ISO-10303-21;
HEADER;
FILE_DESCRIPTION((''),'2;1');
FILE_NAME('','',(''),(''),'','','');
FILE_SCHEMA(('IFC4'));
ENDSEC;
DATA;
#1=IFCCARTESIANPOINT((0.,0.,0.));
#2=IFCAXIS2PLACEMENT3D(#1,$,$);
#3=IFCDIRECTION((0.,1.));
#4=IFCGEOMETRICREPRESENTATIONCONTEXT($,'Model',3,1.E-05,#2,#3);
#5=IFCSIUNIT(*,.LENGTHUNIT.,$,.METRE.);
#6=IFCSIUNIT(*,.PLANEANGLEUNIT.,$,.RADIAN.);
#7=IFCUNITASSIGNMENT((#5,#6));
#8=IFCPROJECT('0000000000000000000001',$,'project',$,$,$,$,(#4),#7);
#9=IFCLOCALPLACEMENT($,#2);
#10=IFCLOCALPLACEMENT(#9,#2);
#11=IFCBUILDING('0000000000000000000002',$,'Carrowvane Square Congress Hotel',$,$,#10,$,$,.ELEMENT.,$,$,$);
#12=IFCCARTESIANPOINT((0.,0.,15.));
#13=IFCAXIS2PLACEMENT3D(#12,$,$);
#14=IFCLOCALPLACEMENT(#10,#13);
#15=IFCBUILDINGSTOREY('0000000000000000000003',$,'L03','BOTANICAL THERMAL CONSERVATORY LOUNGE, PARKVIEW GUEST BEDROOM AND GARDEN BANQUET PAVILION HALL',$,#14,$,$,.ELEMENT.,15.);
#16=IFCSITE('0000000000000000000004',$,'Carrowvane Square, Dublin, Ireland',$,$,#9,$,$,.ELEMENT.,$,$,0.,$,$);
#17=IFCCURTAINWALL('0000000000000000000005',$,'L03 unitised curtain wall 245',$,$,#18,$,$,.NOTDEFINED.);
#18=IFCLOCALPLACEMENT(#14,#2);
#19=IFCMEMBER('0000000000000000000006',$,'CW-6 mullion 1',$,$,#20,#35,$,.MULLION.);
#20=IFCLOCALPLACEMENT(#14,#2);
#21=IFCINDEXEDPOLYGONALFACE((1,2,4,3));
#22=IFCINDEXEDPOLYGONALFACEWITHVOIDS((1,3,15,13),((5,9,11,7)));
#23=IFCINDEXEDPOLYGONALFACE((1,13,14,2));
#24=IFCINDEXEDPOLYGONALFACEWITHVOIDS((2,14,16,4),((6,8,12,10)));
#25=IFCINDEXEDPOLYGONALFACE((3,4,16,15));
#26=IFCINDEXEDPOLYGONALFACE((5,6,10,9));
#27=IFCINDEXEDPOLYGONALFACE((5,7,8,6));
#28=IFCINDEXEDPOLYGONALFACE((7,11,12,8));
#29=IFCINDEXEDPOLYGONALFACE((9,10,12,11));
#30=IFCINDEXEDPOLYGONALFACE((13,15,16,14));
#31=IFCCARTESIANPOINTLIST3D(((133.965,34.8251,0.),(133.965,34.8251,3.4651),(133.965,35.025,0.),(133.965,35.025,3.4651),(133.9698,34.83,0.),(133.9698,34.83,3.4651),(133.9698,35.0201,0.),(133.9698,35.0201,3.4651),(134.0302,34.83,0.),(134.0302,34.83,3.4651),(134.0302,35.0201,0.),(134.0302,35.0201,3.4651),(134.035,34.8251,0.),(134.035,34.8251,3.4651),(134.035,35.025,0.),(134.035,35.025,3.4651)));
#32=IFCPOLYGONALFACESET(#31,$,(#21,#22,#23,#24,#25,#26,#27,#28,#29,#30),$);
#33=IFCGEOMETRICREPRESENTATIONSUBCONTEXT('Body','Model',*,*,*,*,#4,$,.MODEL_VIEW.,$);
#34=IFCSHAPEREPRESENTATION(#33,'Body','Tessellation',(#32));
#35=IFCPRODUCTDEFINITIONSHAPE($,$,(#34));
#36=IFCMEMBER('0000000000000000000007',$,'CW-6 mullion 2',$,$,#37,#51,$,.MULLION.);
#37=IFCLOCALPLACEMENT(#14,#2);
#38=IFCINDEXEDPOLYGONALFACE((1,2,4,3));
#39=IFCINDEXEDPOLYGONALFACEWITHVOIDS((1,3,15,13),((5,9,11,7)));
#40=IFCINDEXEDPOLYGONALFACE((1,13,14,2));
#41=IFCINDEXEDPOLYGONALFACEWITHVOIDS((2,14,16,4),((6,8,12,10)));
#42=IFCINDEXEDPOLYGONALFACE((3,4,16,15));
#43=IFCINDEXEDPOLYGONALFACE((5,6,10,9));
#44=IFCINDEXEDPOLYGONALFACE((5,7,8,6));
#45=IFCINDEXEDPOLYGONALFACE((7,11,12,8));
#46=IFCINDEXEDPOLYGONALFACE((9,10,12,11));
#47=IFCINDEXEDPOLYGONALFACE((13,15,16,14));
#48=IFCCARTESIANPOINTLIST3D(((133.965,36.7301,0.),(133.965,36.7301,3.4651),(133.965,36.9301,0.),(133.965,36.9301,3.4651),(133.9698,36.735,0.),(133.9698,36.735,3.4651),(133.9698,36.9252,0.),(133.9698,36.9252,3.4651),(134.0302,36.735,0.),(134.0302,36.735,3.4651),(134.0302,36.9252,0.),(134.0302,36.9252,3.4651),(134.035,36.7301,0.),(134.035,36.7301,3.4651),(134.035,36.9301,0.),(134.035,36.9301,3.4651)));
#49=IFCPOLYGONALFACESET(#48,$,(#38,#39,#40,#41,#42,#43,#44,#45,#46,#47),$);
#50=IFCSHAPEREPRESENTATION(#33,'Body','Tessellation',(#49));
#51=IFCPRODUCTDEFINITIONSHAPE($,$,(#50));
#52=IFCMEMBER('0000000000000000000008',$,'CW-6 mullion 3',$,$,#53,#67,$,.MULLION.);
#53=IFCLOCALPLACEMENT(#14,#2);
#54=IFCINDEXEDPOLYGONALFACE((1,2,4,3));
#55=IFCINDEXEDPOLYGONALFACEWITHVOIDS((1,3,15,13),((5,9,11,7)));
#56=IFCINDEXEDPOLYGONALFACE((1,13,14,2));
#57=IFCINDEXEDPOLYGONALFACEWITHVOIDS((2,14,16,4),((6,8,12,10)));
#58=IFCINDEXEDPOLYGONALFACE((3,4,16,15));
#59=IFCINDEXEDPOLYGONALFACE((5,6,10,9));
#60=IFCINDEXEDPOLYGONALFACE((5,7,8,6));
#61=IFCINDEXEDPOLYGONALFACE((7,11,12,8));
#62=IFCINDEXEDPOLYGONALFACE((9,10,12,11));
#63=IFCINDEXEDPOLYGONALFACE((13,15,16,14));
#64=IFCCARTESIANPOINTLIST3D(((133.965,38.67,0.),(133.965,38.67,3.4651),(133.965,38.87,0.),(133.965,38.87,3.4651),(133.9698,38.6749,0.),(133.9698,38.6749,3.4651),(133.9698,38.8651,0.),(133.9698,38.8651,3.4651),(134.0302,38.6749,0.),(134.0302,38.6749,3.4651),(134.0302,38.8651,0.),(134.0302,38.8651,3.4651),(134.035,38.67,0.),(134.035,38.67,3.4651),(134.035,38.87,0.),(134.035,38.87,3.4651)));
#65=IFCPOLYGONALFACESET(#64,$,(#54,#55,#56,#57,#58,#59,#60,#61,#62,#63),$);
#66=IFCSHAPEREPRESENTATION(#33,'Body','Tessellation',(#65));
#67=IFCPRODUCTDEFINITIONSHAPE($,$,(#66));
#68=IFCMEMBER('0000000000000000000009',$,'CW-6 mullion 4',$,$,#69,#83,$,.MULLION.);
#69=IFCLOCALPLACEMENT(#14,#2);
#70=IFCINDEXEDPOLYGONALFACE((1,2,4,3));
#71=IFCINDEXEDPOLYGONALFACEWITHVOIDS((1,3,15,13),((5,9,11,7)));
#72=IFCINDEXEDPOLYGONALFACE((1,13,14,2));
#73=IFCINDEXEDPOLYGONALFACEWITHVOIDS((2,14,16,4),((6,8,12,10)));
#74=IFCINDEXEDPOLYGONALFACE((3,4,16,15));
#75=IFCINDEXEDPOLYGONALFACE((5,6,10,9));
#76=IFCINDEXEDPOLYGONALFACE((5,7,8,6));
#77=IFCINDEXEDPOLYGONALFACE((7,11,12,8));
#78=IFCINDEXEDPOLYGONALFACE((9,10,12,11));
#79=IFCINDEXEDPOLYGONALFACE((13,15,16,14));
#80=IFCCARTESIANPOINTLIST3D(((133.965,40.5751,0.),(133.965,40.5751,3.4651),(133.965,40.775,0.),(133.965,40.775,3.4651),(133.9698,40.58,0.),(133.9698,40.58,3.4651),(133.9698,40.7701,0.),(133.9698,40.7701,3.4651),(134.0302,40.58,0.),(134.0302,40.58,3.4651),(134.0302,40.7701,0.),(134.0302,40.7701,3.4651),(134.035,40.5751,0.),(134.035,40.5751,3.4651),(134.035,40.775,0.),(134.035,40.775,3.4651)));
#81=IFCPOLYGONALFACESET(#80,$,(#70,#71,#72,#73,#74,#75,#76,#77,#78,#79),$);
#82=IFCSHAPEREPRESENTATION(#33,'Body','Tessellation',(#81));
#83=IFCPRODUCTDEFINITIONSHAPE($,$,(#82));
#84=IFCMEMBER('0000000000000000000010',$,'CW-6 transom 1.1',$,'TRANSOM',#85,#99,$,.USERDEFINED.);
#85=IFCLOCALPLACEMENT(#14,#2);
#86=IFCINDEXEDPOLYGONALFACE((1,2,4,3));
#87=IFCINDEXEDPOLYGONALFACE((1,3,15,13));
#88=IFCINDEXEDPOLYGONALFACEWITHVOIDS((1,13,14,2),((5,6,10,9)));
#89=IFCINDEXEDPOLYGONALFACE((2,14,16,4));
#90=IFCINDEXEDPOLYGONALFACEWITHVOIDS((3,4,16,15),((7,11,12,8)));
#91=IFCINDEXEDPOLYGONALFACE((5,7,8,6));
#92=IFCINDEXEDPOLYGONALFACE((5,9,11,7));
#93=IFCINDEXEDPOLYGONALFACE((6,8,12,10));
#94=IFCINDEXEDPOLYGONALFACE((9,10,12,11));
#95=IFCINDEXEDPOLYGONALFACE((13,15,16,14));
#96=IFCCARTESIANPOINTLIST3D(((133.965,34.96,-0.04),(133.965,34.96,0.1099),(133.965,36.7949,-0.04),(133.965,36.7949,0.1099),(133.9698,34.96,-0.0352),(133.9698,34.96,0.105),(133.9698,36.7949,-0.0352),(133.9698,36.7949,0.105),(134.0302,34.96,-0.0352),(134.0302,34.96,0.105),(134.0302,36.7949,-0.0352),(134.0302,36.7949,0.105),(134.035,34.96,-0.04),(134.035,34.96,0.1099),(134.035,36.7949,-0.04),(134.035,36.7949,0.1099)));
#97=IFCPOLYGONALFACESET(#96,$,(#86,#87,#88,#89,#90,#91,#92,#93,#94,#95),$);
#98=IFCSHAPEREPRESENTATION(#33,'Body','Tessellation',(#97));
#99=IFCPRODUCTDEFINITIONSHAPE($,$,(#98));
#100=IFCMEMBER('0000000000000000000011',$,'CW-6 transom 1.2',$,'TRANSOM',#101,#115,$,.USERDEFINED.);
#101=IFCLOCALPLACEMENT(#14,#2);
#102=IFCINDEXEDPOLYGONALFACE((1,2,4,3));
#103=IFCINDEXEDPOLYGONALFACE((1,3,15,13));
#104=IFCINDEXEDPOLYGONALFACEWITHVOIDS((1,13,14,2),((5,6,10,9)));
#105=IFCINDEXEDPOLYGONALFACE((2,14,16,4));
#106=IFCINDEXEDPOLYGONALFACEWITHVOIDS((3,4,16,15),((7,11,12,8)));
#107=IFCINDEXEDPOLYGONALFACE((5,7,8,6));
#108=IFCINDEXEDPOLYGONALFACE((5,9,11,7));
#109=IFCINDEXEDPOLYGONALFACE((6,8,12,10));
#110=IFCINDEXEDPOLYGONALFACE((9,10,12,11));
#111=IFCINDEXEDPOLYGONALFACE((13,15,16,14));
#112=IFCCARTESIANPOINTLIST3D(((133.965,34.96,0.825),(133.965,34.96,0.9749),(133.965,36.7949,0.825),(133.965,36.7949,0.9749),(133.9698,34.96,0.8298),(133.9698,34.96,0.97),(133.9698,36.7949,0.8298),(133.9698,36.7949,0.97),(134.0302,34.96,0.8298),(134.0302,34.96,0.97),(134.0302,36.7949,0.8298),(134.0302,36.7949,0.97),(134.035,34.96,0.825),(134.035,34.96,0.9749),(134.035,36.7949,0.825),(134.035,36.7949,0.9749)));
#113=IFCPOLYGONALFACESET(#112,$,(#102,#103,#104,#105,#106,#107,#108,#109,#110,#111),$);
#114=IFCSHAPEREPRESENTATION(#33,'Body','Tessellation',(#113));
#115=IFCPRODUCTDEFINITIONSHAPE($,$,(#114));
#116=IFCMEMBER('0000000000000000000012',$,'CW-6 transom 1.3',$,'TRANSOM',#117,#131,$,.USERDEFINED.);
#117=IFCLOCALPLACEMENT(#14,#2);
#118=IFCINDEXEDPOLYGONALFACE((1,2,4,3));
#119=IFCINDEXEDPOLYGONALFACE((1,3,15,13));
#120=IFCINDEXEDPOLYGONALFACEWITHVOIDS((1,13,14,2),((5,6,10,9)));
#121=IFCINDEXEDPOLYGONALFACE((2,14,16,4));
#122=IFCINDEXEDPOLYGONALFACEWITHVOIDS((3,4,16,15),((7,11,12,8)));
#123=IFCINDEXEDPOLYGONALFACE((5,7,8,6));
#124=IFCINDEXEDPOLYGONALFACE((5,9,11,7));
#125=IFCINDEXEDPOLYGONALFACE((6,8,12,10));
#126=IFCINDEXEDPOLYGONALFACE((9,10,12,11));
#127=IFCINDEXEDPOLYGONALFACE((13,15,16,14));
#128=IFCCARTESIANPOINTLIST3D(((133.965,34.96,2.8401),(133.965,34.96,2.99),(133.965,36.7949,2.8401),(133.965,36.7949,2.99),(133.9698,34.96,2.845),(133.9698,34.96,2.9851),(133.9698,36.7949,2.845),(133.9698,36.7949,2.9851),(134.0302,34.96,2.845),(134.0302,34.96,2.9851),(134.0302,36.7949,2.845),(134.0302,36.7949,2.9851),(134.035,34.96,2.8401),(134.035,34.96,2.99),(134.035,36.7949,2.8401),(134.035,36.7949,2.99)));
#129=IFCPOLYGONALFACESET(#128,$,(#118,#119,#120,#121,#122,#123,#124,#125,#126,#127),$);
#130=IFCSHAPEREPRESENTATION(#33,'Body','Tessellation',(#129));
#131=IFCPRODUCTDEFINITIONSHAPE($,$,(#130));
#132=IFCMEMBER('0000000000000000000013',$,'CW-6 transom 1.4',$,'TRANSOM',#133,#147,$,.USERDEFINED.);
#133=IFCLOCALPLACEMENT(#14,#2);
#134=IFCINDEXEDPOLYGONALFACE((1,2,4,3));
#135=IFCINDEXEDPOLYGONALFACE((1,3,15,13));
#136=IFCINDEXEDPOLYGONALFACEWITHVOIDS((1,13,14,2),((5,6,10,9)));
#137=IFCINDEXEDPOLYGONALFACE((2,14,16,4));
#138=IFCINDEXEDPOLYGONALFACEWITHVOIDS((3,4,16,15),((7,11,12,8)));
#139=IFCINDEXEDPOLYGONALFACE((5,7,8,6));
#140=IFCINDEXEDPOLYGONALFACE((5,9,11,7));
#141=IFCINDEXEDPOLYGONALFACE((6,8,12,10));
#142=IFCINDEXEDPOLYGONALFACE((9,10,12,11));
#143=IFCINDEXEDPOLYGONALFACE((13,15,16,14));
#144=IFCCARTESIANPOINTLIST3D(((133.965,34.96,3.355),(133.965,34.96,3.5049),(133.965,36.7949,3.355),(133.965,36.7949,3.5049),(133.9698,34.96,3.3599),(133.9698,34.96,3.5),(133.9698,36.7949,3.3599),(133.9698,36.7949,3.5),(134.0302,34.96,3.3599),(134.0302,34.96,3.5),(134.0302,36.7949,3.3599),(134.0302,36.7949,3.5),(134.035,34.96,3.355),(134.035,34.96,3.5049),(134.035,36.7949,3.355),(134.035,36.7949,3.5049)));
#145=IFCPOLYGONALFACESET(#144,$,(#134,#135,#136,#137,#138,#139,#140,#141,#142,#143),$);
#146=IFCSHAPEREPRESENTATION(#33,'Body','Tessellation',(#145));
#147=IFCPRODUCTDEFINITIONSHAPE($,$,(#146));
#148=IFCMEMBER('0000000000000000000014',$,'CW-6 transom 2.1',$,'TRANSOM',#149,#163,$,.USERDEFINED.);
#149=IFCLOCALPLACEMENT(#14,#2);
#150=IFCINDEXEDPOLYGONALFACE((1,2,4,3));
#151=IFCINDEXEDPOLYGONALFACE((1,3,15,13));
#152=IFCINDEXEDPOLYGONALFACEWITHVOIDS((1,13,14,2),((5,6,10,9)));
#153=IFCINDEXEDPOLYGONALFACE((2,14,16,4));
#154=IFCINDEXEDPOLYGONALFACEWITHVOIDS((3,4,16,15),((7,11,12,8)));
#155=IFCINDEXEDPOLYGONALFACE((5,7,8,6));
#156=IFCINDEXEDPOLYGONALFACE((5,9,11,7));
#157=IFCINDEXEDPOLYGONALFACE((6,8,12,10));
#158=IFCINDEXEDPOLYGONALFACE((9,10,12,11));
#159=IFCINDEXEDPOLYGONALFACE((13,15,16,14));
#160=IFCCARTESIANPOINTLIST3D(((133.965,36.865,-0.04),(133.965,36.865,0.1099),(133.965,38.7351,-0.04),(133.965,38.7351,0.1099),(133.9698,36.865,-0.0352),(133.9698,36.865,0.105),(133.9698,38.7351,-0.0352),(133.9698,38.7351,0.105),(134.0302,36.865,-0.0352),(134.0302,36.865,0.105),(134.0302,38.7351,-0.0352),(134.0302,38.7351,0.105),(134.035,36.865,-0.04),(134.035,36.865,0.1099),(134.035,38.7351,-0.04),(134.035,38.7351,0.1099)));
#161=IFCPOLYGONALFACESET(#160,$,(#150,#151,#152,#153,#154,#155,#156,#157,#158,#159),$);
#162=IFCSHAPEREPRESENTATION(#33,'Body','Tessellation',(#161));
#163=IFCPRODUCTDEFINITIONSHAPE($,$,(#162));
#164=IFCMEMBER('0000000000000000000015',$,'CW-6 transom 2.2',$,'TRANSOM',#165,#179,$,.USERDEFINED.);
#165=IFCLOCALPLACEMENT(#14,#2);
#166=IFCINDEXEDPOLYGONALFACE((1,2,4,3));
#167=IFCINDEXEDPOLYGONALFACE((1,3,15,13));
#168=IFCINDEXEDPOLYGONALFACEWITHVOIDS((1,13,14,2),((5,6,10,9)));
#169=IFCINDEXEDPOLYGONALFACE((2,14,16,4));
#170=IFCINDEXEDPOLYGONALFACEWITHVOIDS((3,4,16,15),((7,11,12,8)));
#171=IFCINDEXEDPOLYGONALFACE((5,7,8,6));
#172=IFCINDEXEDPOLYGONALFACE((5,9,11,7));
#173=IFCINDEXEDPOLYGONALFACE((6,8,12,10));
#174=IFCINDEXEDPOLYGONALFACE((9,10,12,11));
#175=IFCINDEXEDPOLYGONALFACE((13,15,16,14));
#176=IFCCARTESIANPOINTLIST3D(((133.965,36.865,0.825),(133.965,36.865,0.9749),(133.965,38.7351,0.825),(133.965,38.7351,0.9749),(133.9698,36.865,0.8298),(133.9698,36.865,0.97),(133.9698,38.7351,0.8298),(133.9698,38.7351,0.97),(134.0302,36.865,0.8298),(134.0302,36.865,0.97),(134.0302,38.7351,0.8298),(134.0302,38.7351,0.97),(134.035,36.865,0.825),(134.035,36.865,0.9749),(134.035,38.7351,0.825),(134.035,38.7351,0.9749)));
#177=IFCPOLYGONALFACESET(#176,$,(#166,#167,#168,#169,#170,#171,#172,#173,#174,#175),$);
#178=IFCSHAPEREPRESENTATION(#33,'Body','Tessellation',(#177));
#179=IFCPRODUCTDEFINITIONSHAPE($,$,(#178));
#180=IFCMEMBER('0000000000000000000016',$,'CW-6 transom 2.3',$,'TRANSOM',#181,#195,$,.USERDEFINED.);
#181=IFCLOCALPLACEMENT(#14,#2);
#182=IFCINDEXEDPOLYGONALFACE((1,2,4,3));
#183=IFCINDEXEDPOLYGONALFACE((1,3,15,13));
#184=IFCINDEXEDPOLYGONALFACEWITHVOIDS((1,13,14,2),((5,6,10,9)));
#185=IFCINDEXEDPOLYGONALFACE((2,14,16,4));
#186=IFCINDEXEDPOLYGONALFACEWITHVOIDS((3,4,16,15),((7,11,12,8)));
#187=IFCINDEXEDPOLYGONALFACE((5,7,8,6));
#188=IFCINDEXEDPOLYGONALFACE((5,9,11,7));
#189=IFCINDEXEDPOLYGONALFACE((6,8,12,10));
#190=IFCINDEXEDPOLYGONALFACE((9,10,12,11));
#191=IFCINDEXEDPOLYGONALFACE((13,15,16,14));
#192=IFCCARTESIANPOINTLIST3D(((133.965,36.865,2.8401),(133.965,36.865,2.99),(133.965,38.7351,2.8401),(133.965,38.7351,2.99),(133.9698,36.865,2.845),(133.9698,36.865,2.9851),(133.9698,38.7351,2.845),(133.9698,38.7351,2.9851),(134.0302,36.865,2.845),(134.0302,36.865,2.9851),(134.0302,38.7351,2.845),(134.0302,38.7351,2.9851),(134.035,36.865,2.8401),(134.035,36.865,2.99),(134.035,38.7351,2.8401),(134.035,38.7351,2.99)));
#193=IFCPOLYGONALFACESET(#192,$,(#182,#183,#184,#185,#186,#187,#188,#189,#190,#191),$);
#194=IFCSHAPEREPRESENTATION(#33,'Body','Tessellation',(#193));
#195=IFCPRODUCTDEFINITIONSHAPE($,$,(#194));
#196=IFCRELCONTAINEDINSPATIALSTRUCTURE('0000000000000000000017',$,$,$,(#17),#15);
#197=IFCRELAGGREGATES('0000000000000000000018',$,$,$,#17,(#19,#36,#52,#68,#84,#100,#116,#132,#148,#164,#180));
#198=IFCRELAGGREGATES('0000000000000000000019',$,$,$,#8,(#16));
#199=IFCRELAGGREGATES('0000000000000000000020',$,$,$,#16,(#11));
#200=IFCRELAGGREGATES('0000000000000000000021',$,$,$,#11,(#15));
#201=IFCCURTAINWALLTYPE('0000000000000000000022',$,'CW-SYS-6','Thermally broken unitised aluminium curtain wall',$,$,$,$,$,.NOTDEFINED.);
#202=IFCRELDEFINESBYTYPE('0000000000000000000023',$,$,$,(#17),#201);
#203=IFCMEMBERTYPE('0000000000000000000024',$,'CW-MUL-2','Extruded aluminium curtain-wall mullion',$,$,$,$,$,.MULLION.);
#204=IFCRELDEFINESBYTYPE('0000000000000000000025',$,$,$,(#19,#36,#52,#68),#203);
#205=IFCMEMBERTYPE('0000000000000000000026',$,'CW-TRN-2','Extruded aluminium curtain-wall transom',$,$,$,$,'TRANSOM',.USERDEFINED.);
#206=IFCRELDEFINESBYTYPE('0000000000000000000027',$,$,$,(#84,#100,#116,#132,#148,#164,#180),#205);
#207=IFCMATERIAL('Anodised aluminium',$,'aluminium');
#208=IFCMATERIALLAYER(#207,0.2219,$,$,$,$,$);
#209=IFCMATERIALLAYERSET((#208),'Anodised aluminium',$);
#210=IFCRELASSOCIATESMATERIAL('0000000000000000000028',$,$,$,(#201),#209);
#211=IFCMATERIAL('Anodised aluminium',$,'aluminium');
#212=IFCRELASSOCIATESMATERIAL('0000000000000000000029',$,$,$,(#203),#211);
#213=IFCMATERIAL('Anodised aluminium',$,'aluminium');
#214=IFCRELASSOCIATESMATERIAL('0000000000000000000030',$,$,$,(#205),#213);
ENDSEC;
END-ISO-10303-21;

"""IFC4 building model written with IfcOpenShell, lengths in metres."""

from ifc_helpers import new_model, si_unit, direction, frame, origin, origin_2d, place, context, subcontext, project, spatial, hollow_rectangle, extrude, material, layer, layer_set, material_profile, profile_set, type_object, element, aggregate, save


model = new_model("IFC4")

# Units and contexts
model_context = context("Model", 3, precision=1e-05, world=origin(), true_north=direction((0.0, 1.0)))
body_context = subcontext(model_context, "Body", "Model", "MODEL_VIEW")
ifc_project = project(units=[si_unit("LENGTHUNIT", "METRE"), si_unit("PLANEANGLEUNIT", "RADIAN")], contexts=[model_context])

# Site, building, storey
site_placement = place(None, origin())
site = spatial("IfcSite", under=ifc_project, at=site_placement, Name="Carrowvane Square, Dublin, Ireland", CompositionType="ELEMENT", RefElevation=0.0)
building_placement = place(site_placement, origin())
building = spatial("IfcBuilding", under=site, at=building_placement, Name="Carrowvane Square Congress Hotel", CompositionType="ELEMENT")
storey_placement = place(building_placement, frame((0.0, 0.0, 15.0)))
storey = spatial("IfcBuildingStorey", under=building, at=storey_placement, Name="L03", Description="BOTANICAL THERMAL CONSERVATORY LOUNGE, PARKVIEW GUEST BEDROOM AND GARDEN BANQUET PAVILION HALL", CompositionType="ELEMENT", Elevation=15.0)

# Curtain wall, members
ifc_material_1 = material(Name="Anodised aluminium", Category="aluminium")
ifc_layer_1 = layer(ifc_material_1, 0.2219)
ifc_layer_set_1 = layer_set([ifc_layer_1], Name="Anodised aluminium")
curtain_wall_type = type_object("IfcCurtainWallType", Name="CW-SYS-6", Description="Thermally broken unitised aluminium curtain wall", PredefinedType="NOTDEFINED", material=ifc_layer_set_1)
curtain_wall_placement = place(storey_placement, origin())
curtain_wall = element("IfcCurtainWall", 1, at=curtain_wall_placement, inside=storey, type_object=curtain_wall_type, Name="L03 unitised curtain wall 245", PredefinedType="NOTDEFINED")
ifc_material_2 = material(Name="Anodised aluminium", Category="aluminium")
ifc_material_profile_1 = material_profile(ifc_material_2, hollow_rectangle(XDim=0.0701, YDim=0.2, WallThickness=0.0049, at=origin_2d()), Name="CW-ML 70x200x5")
ifc_profile_set_1 = profile_set([ifc_material_profile_1], Name="Anodised aluminium")
member_type_1 = type_object("IfcMemberType", Name="CW-MUL-2", Description="Extruded aluminium curtain-wall mullion", PredefinedType="MULLION", material=ifc_profile_set_1)
member_1_placement = place(storey_placement, frame((134.0, 34.925, 0.0), z_axis=(0.0, 0.0, 1.0), x_axis=(-1.0, 0.0, 0.0)))
member_1 = element("IfcMember", 2, at=member_1_placement, type_object=member_type_1, Name="CW-6 mullion 1", PredefinedType="MULLION", context=body_context, shape_type="SweptSolid", body=[
    extrude(hollow_rectangle(XDim=0.0701, YDim=0.2, WallThickness=0.0049, at=origin_2d()), origin(), (0.0, 0.0, 1.0), 3.4651),
])
member_2_placement = place(storey_placement, frame((134.0, 36.8301, 0.0), z_axis=(0.0, 0.0, 1.0), x_axis=(-1.0, 0.0, 0.0)))
member_2 = element("IfcMember", 3, at=member_2_placement, type_object=member_type_1, Name="CW-6 mullion 2", PredefinedType="MULLION", context=body_context, shape_type="SweptSolid", body=[
    extrude(hollow_rectangle(XDim=0.0701, YDim=0.2, WallThickness=0.0049, at=origin_2d()), origin(), (0.0, 0.0, 1.0), 3.4651),
])
member_3_placement = place(storey_placement, frame((134.0, 38.77, 0.0), z_axis=(0.0, 0.0, 1.0), x_axis=(-1.0, 0.0, 0.0)))
member_3 = element("IfcMember", 4, at=member_3_placement, type_object=member_type_1, Name="CW-6 mullion 3", PredefinedType="MULLION", context=body_context, shape_type="SweptSolid", body=[
    extrude(hollow_rectangle(XDim=0.0701, YDim=0.2, WallThickness=0.0049, at=origin_2d()), origin(), (0.0, 0.0, 1.0), 3.4651),
])
member_4_placement = place(storey_placement, frame((134.0, 40.675, 0.0), z_axis=(0.0, 0.0, 1.0), x_axis=(-1.0, 0.0, 0.0)))
member_4 = element("IfcMember", 5, at=member_4_placement, type_object=member_type_1, Name="CW-6 mullion 4", PredefinedType="MULLION", context=body_context, shape_type="SweptSolid", body=[
    extrude(hollow_rectangle(XDim=0.0701, YDim=0.2, WallThickness=0.0049, at=origin_2d()), origin(), (0.0, 0.0, 1.0), 3.4651),
])
ifc_material_3 = material(Name="Anodised aluminium", Category="aluminium")
ifc_material_profile_2 = material_profile(ifc_material_3, hollow_rectangle(XDim=0.0701, YDim=0.1499, WallThickness=0.0049, at=origin_2d()), Name="CW-TR 70x150x5")
ifc_profile_set_2 = profile_set([ifc_material_profile_2], Name="Anodised aluminium")
member_type_2 = type_object("IfcMemberType", Name="CW-TRN-2", Description="Extruded aluminium curtain-wall transom", ElementType="TRANSOM", PredefinedType="USERDEFINED", material=ifc_profile_set_2)
member_5_placement = place(storey_placement, frame((134.0, 34.96, 0.0349), z_axis=(0.0, 1.0, 0.0), x_axis=(-1.0, 0.0, 0.0)))
member_5 = element("IfcMember", 6, at=member_5_placement, type_object=member_type_2, Name="CW-6 transom 1.1", ObjectType="TRANSOM", PredefinedType="USERDEFINED", context=body_context, shape_type="SweptSolid", body=[
    extrude(hollow_rectangle(XDim=0.0701, YDim=0.1499, WallThickness=0.0049, at=origin_2d()), origin(), (0.0, 0.0, 1.0), 1.835),
])
member_6_placement = place(storey_placement, frame((134.0, 34.96, 0.8999), z_axis=(0.0, 1.0, 0.0), x_axis=(-1.0, 0.0, 0.0)))
member_6 = element("IfcMember", 7, at=member_6_placement, type_object=member_type_2, Name="CW-6 transom 1.2", ObjectType="TRANSOM", PredefinedType="USERDEFINED", context=body_context, shape_type="SweptSolid", body=[
    extrude(hollow_rectangle(XDim=0.0701, YDim=0.1499, WallThickness=0.0049, at=origin_2d()), origin(), (0.0, 0.0, 1.0), 1.835),
])
member_7_placement = place(storey_placement, frame((134.0, 34.96, 2.915), z_axis=(0.0, 1.0, 0.0), x_axis=(-1.0, 0.0, 0.0)))
member_7 = element("IfcMember", 8, at=member_7_placement, type_object=member_type_2, Name="CW-6 transom 1.3", ObjectType="TRANSOM", PredefinedType="USERDEFINED", context=body_context, shape_type="SweptSolid", body=[
    extrude(hollow_rectangle(XDim=0.0701, YDim=0.1499, WallThickness=0.0049, at=origin_2d()), origin(), (0.0, 0.0, 1.0), 1.835),
])
member_8_placement = place(storey_placement, frame((134.0, 34.96, 3.4299), z_axis=(0.0, 1.0, 0.0), x_axis=(-1.0, 0.0, 0.0)))
member_8 = element("IfcMember", 9, at=member_8_placement, type_object=member_type_2, Name="CW-6 transom 1.4", ObjectType="TRANSOM", PredefinedType="USERDEFINED", context=body_context, shape_type="SweptSolid", body=[
    extrude(hollow_rectangle(XDim=0.0701, YDim=0.1499, WallThickness=0.0049, at=origin_2d()), origin(), (0.0, 0.0, 1.0), 1.835),
])
member_9_placement = place(storey_placement, frame((134.0, 36.865, 0.0349), z_axis=(0.0, 1.0, 0.0), x_axis=(-1.0, 0.0, 0.0)))
member_9 = element("IfcMember", 10, at=member_9_placement, type_object=member_type_2, Name="CW-6 transom 2.1", ObjectType="TRANSOM", PredefinedType="USERDEFINED", context=body_context, shape_type="SweptSolid", body=[
    extrude(hollow_rectangle(XDim=0.0701, YDim=0.1499, WallThickness=0.0049, at=origin_2d()), origin(), (0.0, 0.0, 1.0), 1.8701),
])
member_10_placement = place(storey_placement, frame((134.0, 36.865, 0.8999), z_axis=(0.0, 1.0, 0.0), x_axis=(-1.0, 0.0, 0.0)))
member_10 = element("IfcMember", 11, at=member_10_placement, type_object=member_type_2, Name="CW-6 transom 2.2", ObjectType="TRANSOM", PredefinedType="USERDEFINED", context=body_context, shape_type="SweptSolid", body=[
    extrude(hollow_rectangle(XDim=0.0701, YDim=0.1499, WallThickness=0.0049, at=origin_2d()), origin(), (0.0, 0.0, 1.0), 1.8701),
])
member_11_placement = place(storey_placement, frame((134.0, 36.865, 2.915), z_axis=(0.0, 1.0, 0.0), x_axis=(-1.0, 0.0, 0.0)))
member_11 = element("IfcMember", 12, at=member_11_placement, type_object=member_type_2, Name="CW-6 transom 2.3", ObjectType="TRANSOM", PredefinedType="USERDEFINED", context=body_context, shape_type="SweptSolid", body=[
    extrude(hollow_rectangle(XDim=0.0701, YDim=0.1499, WallThickness=0.0049, at=origin_2d()), origin(), (0.0, 0.0, 1.0), 1.8701),
])
aggregate(curtain_wall, [member_1, member_2, member_3, member_4, member_5, member_6, member_7, member_8, member_9, member_10, member_11])

save(model, "model.ifc")
